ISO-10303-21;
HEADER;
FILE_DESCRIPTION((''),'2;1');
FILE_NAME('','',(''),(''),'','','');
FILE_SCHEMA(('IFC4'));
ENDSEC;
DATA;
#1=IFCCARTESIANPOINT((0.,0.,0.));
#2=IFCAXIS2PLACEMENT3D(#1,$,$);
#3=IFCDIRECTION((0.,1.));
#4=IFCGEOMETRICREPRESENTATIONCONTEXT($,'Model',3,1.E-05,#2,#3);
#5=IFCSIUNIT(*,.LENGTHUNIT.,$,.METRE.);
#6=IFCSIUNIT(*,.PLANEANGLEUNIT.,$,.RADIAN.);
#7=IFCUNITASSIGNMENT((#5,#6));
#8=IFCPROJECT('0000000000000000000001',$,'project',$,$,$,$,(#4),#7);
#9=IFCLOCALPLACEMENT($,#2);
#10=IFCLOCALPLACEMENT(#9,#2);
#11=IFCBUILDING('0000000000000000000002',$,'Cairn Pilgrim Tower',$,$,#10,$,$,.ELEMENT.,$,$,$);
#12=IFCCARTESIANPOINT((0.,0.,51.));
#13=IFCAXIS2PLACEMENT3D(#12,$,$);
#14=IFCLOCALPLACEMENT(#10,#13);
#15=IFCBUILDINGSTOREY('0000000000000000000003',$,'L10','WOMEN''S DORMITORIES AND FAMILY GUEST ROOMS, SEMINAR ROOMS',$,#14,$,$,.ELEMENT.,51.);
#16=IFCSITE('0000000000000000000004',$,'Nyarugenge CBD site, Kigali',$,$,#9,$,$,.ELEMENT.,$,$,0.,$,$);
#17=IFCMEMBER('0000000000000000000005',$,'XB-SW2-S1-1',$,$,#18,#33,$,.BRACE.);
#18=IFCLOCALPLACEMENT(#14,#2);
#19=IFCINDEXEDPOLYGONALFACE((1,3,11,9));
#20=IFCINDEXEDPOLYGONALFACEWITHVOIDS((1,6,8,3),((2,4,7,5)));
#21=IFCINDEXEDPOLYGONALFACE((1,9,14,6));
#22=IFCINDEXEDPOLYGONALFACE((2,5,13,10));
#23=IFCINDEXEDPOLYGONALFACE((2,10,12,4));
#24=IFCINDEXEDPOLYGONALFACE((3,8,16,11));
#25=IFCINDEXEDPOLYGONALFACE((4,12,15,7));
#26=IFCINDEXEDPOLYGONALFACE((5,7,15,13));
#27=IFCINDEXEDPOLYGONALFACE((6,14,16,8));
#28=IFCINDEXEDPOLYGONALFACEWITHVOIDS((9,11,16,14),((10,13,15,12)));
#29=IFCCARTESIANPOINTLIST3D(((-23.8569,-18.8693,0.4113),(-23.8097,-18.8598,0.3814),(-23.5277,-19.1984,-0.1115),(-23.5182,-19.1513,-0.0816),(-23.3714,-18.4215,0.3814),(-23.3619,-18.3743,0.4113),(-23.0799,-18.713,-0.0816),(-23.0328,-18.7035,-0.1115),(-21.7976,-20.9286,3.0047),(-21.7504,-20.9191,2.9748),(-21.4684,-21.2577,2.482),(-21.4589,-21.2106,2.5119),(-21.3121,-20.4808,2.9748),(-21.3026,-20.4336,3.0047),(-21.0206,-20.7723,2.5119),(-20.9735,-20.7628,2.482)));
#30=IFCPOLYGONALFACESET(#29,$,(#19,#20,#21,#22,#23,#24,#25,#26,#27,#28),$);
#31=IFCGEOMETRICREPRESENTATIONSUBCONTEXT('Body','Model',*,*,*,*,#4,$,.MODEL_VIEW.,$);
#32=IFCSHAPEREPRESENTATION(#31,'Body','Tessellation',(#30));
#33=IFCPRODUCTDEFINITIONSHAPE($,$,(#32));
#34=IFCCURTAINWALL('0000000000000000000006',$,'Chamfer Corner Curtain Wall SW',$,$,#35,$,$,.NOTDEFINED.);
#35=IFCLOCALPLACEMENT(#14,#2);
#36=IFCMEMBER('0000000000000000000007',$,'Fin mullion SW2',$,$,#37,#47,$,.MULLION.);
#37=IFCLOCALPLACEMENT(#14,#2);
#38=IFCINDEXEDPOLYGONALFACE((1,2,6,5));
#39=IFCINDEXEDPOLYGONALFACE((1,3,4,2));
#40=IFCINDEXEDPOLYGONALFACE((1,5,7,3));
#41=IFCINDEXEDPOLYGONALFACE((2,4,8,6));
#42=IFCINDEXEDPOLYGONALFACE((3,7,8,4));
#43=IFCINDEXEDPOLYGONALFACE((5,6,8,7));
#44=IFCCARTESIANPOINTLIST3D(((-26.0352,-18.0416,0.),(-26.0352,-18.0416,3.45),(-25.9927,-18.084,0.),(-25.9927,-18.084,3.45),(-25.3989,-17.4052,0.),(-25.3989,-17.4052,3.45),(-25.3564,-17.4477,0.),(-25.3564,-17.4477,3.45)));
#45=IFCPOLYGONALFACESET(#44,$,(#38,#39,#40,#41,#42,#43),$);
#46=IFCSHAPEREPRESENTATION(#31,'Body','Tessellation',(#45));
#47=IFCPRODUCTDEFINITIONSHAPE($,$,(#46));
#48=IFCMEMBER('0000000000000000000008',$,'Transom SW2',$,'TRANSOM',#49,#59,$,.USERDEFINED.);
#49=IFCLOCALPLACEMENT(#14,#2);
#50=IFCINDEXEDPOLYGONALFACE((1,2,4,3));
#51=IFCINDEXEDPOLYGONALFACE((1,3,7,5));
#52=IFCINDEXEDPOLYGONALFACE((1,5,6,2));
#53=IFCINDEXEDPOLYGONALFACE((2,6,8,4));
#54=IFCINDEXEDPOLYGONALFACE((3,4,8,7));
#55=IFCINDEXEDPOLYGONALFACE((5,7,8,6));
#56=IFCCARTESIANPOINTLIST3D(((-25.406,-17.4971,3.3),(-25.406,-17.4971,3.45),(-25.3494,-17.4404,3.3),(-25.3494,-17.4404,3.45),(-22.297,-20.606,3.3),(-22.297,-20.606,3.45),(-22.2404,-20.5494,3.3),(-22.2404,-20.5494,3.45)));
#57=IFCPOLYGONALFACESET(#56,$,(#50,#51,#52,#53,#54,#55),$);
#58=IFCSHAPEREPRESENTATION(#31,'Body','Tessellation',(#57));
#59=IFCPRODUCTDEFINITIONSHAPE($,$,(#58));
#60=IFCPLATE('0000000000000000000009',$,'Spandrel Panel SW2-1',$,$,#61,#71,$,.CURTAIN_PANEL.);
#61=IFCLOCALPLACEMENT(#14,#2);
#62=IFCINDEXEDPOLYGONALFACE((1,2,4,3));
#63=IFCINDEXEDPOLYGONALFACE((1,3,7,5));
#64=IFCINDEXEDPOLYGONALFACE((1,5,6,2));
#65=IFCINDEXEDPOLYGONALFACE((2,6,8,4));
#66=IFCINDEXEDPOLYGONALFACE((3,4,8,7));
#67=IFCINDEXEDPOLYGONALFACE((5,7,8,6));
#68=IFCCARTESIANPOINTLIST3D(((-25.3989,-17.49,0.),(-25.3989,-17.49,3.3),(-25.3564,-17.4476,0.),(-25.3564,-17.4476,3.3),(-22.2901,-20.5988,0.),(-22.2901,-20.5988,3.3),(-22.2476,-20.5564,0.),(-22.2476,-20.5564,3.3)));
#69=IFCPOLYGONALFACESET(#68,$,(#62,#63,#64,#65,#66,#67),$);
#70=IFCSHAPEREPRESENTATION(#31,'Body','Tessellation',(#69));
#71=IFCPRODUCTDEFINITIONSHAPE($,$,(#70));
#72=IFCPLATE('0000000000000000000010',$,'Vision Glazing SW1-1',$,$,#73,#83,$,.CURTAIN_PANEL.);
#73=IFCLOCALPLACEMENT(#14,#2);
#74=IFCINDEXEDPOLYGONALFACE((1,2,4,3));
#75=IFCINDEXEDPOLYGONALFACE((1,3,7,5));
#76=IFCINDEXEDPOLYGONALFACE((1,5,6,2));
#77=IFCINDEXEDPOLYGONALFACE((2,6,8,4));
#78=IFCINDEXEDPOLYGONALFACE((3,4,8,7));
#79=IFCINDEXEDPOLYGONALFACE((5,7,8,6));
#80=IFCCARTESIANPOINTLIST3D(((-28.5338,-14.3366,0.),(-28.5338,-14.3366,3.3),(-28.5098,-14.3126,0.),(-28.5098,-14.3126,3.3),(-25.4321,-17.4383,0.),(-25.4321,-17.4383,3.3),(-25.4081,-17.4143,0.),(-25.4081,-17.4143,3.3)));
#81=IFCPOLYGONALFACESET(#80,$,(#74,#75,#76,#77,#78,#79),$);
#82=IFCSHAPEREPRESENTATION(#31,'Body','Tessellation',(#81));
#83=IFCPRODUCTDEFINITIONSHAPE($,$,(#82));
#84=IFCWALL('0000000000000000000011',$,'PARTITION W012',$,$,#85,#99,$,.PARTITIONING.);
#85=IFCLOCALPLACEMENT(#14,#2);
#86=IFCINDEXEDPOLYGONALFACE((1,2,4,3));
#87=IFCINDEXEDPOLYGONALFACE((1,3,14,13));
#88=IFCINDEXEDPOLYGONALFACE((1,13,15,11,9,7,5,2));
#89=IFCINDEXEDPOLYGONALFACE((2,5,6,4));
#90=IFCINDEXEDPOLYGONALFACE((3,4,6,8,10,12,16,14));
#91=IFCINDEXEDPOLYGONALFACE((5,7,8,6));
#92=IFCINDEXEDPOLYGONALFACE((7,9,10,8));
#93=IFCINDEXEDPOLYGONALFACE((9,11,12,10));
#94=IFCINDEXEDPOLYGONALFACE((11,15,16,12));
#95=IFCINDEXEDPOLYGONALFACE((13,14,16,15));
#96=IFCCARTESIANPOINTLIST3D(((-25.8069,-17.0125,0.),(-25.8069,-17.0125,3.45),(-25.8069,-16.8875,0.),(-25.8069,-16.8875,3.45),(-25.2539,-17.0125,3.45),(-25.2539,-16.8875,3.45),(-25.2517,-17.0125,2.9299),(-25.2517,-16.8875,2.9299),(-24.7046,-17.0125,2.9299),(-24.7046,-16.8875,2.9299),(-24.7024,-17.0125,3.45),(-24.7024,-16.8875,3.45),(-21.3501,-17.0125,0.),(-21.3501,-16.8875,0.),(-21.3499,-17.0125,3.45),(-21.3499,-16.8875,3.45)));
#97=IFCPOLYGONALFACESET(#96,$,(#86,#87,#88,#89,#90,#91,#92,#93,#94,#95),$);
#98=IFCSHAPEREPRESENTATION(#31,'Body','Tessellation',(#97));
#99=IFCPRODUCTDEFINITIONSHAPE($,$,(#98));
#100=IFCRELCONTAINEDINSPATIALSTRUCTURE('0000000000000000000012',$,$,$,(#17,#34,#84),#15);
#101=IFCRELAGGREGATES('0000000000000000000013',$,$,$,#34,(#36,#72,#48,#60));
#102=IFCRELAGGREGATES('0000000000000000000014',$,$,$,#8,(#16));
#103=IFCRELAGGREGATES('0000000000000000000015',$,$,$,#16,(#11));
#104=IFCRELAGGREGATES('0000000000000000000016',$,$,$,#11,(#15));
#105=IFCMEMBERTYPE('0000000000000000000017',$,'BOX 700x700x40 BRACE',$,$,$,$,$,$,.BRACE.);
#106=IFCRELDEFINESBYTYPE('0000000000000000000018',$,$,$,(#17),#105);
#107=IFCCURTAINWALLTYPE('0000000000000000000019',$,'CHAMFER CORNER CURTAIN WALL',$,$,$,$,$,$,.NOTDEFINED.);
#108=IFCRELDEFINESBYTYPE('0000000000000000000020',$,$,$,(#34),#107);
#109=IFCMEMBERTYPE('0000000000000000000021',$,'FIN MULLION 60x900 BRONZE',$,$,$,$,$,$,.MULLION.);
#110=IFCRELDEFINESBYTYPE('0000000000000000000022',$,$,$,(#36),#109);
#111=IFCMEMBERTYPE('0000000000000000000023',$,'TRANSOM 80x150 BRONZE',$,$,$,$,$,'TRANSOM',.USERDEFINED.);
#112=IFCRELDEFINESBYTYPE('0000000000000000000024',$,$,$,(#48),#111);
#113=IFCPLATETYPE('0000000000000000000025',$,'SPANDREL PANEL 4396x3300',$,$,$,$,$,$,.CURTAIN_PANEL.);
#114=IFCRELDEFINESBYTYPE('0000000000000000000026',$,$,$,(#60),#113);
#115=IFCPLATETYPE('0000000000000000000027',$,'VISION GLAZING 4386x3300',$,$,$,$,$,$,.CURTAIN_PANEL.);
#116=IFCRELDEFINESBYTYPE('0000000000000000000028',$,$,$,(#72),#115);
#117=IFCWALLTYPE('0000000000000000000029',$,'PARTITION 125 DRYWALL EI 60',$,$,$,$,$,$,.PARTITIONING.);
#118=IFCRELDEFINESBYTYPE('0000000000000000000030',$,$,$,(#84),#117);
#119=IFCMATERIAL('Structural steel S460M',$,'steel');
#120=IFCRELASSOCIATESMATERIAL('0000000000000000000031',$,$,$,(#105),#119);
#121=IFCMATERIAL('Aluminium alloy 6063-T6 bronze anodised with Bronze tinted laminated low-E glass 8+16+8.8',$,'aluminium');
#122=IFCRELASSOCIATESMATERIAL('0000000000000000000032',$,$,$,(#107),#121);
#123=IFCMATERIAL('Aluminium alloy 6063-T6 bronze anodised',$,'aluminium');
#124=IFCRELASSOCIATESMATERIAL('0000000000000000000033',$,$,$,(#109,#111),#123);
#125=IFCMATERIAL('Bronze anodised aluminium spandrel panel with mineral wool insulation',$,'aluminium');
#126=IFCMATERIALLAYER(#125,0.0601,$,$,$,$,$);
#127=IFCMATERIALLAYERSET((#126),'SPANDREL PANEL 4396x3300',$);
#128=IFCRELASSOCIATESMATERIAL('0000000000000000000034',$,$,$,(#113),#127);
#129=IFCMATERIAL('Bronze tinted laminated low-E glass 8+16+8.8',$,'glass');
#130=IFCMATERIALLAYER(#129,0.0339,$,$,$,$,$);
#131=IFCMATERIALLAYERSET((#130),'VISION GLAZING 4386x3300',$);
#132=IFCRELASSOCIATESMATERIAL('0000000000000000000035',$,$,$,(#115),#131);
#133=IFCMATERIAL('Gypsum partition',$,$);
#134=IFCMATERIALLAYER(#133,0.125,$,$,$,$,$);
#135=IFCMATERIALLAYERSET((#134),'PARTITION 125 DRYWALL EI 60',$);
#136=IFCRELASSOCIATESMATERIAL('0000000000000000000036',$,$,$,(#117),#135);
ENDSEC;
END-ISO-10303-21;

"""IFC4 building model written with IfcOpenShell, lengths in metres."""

from ifc_helpers import new_model, si_unit, direction, frame, origin, origin_2d, place, context, subcontext, project, spatial, polyline, rectangle, hollow_rectangle, outline, extrude, material, layer, layer_set, material_profile, profile_set, type_object, element, aggregate, save


model = new_model("IFC4")

# Units and contexts
model_context = context("Model", 3, precision=1e-05, world=origin(), true_north=direction((0.0, 1.0)))
body_context = subcontext(model_context, "Body", "Model", "MODEL_VIEW")
ifc_project = project(units=[si_unit("LENGTHUNIT", "METRE"), si_unit("PLANEANGLEUNIT", "RADIAN")], contexts=[model_context])

# Site, building, storey
site_placement = place(None, origin())
site = spatial("IfcSite", under=ifc_project, at=site_placement, Name="Nyarugenge CBD site, Kigali", CompositionType="ELEMENT", RefElevation=0.0)
building_placement = place(site_placement, origin())
building = spatial("IfcBuilding", under=site, at=building_placement, Name="Cairn Pilgrim Tower", CompositionType="ELEMENT")
storey_placement = place(building_placement, frame((0.0, 0.0, 51.0)))
storey = spatial("IfcBuildingStorey", under=building, at=storey_placement, Name="L10", Description="WOMEN'S DORMITORIES AND FAMILY GUEST ROOMS, SEMINAR ROOMS", CompositionType="ELEMENT", Elevation=51.0)

# Member
ifc_material_1 = material(Name="Structural steel S460M", Category="steel")
ifc_material_profile_1 = material_profile(ifc_material_1, hollow_rectangle(XDim=0.7, YDim=0.7, WallThickness=0.04, at=origin_2d()), Name="BOX 700x700x40")
ifc_profile_set_1 = profile_set([ifc_material_profile_1], Name="Structural steel S460M")
member_type_1 = type_object("IfcMemberType", Name="BOX 700x700x40 BRACE", PredefinedType="BRACE", material=ifc_profile_set_1)
member_1_placement = place(storey_placement, frame((-23.4448, -18.7864, 0.1499), z_axis=(0.528068, -0.528068, 0.665047), x_axis=(0.707107, 0.707107, 0.0)))
element("IfcMember", 1, at=member_1_placement, inside=storey, type_object=member_type_1, Name="XB-SW2-S1-1", PredefinedType="BRACE", context=body_context, shape_type="SweptSolid", body=[
    extrude(hollow_rectangle(XDim=0.7, YDim=0.7, WallThickness=0.04, at=origin_2d()), origin(), (0.0, 0.0, 1.0), 3.8997),
])

# Curtain wall, members, plates
ifc_material_2 = material(Name="Aluminium alloy 6063-T6 bronze anodised with Bronze tinted laminated low-E glass 8+16+8.8", Category="aluminium")
curtain_wall_type = type_object("IfcCurtainWallType", Name="CHAMFER CORNER CURTAIN WALL", PredefinedType="NOTDEFINED", material=ifc_material_2)
curtain_wall_placement = place(storey_placement, origin())
curtain_wall = element("IfcCurtainWall", 2, at=curtain_wall_placement, inside=storey, type_object=curtain_wall_type, Name="Chamfer Corner Curtain Wall SW", PredefinedType="NOTDEFINED")
ifc_material_3 = material(Name="Aluminium alloy 6063-T6 bronze anodised", Category="aluminium")
ifc_material_profile_2 = material_profile(ifc_material_3, rectangle(XDim=0.8999, YDim=0.0601, at=origin_2d()), Name="FIN MULLION 60x900 BRONZE")
ifc_profile_set_2 = profile_set([ifc_material_profile_2], Name="Aluminium alloy 6063-T6 bronze anodised")
member_type_2 = type_object("IfcMemberType", Name="FIN MULLION 60x900 BRONZE", PredefinedType="MULLION", material=ifc_profile_set_2)
member_2_placement = place(storey_placement, frame((-25.6958, -17.7446, 0.0), z_axis=(0.0, 0.0, 1.0), x_axis=(-0.707107, -0.707107, 0.0)))
member_2 = element("IfcMember", 3, at=member_2_placement, type_object=member_type_2, Name="Fin mullion SW2", PredefinedType="MULLION", context=body_context, shape_type="SweptSolid", body=[
    extrude(rectangle(XDim=0.8999, YDim=0.0601, at=origin_2d()), origin(), (0.0, 0.0, 1.0), 3.45),
])
ifc_material_profile_3 = material_profile(ifc_material_3, rectangle(XDim=0.0801, YDim=0.1499, at=origin_2d()), Name="TRANSOM 80x150 BRONZE")
ifc_profile_set_3 = profile_set([ifc_material_profile_3], Name="Aluminium alloy 6063-T6 bronze anodised")
member_type_3 = type_object("IfcMemberType", Name="TRANSOM 80x150 BRONZE", ElementType="TRANSOM", PredefinedType="USERDEFINED", material=ifc_profile_set_3)
member_3_placement = place(storey_placement, frame((-25.3777, -17.4688, 3.375), z_axis=(0.707107, -0.707107, 0.0), x_axis=(0.707107, 0.707107, 0.0)))
member_3 = element("IfcMember", 4, at=member_3_placement, type_object=member_type_3, Name="Transom SW2", ObjectType="TRANSOM", PredefinedType="USERDEFINED", context=body_context, shape_type="SweptSolid", body=[
    extrude(rectangle(XDim=0.0801, YDim=0.1499, at=origin_2d()), origin(), (0.0, 0.0, 1.0), 4.3967),
])
ifc_material_4 = material(Name="Bronze anodised aluminium spandrel panel with mineral wool insulation", Category="aluminium")
ifc_layer_1 = layer(ifc_material_4, 0.0601)
ifc_layer_set_1 = layer_set([ifc_layer_1], Name="SPANDREL PANEL 4396x3300")
plate_type_1 = type_object("IfcPlateType", Name="SPANDREL PANEL 4396x3300", PredefinedType="CURTAIN_PANEL", material=ifc_layer_set_1)
plate_1_placement = place(storey_placement, frame((-23.8232, -19.0232, 0.0), z_axis=(0.0, 0.0, 1.0), x_axis=(0.707107, -0.707107, 0.0)))
plate_1 = element("IfcPlate", 5, at=plate_1_placement, type_object=plate_type_1, Name="Spandrel Panel SW2-1", PredefinedType="CURTAIN_PANEL", context=body_context, shape_type="SweptSolid", body=[
    extrude(rectangle(XDim=4.3965, YDim=0.0601, at=origin_2d()), origin(), (0.0, 0.0, 1.0), 3.3),
])
ifc_material_5 = material(Name="Bronze tinted laminated low-E glass 8+16+8.8", Category="glass")
ifc_layer_2 = layer(ifc_material_5, 0.0339)
ifc_layer_set_2 = layer_set([ifc_layer_2], Name="VISION GLAZING 4386x3300")
plate_type_2 = type_object("IfcPlateType", Name="VISION GLAZING 4386x3300", PredefinedType="CURTAIN_PANEL", material=ifc_layer_set_2)
plate_2_placement = place(storey_placement, frame((-26.9709, -15.8755, 0.0), z_axis=(0.0, 0.0, 1.0), x_axis=(0.707107, -0.707107, 0.0)))
plate_2 = element("IfcPlate", 6, at=plate_2_placement, type_object=plate_type_2, Name="Vision Glazing SW1-1", PredefinedType="CURTAIN_PANEL", context=body_context, shape_type="SweptSolid", body=[
    extrude(rectangle(XDim=4.3865, YDim=0.0339, at=origin_2d()), origin(), (0.0, 0.0, 1.0), 3.3),
])
aggregate(curtain_wall, [member_2, plate_2, member_3, plate_1])

# Wall
ifc_material_6 = material(Name="Gypsum partition")
ifc_layer_3 = layer(ifc_material_6, 0.125)
ifc_layer_set_3 = layer_set([ifc_layer_3], Name="PARTITION 125 DRYWALL EI 60")
wall_type = type_object("IfcWallType", Name="PARTITION 125 DRYWALL EI 60", PredefinedType="PARTITIONING", material=ifc_layer_set_3)
wall_placement = place(storey_placement, frame((-25.8069, -16.95, 0.0), z_axis=(0.0, 0.0, 1.0), x_axis=(1.0, 0.0, 0.0)))
element("IfcWall", 7, at=wall_placement, inside=storey, type_object=wall_type, Name="PARTITION W012", PredefinedType="PARTITIONING", context=body_context, shape_type="SweptSolid", body=[
    extrude(outline(polyline([(0.0, 0.0), (4.4568, 0.0), (4.457, 3.45), (1.1045, 3.45), (1.1023, 2.9299), (0.5552, 2.9299), (0.553, 3.45), (0.0, 3.45), (0.0, 0.0)])), frame((0.0, 0.0625, 0.0), z_axis=(0.0, -1.0, 0.0), x_axis=(1.0, 0.0, 0.0)), (0.0, 0.0, 1.0), 0.125),
])

save(model, "model.ifc")
